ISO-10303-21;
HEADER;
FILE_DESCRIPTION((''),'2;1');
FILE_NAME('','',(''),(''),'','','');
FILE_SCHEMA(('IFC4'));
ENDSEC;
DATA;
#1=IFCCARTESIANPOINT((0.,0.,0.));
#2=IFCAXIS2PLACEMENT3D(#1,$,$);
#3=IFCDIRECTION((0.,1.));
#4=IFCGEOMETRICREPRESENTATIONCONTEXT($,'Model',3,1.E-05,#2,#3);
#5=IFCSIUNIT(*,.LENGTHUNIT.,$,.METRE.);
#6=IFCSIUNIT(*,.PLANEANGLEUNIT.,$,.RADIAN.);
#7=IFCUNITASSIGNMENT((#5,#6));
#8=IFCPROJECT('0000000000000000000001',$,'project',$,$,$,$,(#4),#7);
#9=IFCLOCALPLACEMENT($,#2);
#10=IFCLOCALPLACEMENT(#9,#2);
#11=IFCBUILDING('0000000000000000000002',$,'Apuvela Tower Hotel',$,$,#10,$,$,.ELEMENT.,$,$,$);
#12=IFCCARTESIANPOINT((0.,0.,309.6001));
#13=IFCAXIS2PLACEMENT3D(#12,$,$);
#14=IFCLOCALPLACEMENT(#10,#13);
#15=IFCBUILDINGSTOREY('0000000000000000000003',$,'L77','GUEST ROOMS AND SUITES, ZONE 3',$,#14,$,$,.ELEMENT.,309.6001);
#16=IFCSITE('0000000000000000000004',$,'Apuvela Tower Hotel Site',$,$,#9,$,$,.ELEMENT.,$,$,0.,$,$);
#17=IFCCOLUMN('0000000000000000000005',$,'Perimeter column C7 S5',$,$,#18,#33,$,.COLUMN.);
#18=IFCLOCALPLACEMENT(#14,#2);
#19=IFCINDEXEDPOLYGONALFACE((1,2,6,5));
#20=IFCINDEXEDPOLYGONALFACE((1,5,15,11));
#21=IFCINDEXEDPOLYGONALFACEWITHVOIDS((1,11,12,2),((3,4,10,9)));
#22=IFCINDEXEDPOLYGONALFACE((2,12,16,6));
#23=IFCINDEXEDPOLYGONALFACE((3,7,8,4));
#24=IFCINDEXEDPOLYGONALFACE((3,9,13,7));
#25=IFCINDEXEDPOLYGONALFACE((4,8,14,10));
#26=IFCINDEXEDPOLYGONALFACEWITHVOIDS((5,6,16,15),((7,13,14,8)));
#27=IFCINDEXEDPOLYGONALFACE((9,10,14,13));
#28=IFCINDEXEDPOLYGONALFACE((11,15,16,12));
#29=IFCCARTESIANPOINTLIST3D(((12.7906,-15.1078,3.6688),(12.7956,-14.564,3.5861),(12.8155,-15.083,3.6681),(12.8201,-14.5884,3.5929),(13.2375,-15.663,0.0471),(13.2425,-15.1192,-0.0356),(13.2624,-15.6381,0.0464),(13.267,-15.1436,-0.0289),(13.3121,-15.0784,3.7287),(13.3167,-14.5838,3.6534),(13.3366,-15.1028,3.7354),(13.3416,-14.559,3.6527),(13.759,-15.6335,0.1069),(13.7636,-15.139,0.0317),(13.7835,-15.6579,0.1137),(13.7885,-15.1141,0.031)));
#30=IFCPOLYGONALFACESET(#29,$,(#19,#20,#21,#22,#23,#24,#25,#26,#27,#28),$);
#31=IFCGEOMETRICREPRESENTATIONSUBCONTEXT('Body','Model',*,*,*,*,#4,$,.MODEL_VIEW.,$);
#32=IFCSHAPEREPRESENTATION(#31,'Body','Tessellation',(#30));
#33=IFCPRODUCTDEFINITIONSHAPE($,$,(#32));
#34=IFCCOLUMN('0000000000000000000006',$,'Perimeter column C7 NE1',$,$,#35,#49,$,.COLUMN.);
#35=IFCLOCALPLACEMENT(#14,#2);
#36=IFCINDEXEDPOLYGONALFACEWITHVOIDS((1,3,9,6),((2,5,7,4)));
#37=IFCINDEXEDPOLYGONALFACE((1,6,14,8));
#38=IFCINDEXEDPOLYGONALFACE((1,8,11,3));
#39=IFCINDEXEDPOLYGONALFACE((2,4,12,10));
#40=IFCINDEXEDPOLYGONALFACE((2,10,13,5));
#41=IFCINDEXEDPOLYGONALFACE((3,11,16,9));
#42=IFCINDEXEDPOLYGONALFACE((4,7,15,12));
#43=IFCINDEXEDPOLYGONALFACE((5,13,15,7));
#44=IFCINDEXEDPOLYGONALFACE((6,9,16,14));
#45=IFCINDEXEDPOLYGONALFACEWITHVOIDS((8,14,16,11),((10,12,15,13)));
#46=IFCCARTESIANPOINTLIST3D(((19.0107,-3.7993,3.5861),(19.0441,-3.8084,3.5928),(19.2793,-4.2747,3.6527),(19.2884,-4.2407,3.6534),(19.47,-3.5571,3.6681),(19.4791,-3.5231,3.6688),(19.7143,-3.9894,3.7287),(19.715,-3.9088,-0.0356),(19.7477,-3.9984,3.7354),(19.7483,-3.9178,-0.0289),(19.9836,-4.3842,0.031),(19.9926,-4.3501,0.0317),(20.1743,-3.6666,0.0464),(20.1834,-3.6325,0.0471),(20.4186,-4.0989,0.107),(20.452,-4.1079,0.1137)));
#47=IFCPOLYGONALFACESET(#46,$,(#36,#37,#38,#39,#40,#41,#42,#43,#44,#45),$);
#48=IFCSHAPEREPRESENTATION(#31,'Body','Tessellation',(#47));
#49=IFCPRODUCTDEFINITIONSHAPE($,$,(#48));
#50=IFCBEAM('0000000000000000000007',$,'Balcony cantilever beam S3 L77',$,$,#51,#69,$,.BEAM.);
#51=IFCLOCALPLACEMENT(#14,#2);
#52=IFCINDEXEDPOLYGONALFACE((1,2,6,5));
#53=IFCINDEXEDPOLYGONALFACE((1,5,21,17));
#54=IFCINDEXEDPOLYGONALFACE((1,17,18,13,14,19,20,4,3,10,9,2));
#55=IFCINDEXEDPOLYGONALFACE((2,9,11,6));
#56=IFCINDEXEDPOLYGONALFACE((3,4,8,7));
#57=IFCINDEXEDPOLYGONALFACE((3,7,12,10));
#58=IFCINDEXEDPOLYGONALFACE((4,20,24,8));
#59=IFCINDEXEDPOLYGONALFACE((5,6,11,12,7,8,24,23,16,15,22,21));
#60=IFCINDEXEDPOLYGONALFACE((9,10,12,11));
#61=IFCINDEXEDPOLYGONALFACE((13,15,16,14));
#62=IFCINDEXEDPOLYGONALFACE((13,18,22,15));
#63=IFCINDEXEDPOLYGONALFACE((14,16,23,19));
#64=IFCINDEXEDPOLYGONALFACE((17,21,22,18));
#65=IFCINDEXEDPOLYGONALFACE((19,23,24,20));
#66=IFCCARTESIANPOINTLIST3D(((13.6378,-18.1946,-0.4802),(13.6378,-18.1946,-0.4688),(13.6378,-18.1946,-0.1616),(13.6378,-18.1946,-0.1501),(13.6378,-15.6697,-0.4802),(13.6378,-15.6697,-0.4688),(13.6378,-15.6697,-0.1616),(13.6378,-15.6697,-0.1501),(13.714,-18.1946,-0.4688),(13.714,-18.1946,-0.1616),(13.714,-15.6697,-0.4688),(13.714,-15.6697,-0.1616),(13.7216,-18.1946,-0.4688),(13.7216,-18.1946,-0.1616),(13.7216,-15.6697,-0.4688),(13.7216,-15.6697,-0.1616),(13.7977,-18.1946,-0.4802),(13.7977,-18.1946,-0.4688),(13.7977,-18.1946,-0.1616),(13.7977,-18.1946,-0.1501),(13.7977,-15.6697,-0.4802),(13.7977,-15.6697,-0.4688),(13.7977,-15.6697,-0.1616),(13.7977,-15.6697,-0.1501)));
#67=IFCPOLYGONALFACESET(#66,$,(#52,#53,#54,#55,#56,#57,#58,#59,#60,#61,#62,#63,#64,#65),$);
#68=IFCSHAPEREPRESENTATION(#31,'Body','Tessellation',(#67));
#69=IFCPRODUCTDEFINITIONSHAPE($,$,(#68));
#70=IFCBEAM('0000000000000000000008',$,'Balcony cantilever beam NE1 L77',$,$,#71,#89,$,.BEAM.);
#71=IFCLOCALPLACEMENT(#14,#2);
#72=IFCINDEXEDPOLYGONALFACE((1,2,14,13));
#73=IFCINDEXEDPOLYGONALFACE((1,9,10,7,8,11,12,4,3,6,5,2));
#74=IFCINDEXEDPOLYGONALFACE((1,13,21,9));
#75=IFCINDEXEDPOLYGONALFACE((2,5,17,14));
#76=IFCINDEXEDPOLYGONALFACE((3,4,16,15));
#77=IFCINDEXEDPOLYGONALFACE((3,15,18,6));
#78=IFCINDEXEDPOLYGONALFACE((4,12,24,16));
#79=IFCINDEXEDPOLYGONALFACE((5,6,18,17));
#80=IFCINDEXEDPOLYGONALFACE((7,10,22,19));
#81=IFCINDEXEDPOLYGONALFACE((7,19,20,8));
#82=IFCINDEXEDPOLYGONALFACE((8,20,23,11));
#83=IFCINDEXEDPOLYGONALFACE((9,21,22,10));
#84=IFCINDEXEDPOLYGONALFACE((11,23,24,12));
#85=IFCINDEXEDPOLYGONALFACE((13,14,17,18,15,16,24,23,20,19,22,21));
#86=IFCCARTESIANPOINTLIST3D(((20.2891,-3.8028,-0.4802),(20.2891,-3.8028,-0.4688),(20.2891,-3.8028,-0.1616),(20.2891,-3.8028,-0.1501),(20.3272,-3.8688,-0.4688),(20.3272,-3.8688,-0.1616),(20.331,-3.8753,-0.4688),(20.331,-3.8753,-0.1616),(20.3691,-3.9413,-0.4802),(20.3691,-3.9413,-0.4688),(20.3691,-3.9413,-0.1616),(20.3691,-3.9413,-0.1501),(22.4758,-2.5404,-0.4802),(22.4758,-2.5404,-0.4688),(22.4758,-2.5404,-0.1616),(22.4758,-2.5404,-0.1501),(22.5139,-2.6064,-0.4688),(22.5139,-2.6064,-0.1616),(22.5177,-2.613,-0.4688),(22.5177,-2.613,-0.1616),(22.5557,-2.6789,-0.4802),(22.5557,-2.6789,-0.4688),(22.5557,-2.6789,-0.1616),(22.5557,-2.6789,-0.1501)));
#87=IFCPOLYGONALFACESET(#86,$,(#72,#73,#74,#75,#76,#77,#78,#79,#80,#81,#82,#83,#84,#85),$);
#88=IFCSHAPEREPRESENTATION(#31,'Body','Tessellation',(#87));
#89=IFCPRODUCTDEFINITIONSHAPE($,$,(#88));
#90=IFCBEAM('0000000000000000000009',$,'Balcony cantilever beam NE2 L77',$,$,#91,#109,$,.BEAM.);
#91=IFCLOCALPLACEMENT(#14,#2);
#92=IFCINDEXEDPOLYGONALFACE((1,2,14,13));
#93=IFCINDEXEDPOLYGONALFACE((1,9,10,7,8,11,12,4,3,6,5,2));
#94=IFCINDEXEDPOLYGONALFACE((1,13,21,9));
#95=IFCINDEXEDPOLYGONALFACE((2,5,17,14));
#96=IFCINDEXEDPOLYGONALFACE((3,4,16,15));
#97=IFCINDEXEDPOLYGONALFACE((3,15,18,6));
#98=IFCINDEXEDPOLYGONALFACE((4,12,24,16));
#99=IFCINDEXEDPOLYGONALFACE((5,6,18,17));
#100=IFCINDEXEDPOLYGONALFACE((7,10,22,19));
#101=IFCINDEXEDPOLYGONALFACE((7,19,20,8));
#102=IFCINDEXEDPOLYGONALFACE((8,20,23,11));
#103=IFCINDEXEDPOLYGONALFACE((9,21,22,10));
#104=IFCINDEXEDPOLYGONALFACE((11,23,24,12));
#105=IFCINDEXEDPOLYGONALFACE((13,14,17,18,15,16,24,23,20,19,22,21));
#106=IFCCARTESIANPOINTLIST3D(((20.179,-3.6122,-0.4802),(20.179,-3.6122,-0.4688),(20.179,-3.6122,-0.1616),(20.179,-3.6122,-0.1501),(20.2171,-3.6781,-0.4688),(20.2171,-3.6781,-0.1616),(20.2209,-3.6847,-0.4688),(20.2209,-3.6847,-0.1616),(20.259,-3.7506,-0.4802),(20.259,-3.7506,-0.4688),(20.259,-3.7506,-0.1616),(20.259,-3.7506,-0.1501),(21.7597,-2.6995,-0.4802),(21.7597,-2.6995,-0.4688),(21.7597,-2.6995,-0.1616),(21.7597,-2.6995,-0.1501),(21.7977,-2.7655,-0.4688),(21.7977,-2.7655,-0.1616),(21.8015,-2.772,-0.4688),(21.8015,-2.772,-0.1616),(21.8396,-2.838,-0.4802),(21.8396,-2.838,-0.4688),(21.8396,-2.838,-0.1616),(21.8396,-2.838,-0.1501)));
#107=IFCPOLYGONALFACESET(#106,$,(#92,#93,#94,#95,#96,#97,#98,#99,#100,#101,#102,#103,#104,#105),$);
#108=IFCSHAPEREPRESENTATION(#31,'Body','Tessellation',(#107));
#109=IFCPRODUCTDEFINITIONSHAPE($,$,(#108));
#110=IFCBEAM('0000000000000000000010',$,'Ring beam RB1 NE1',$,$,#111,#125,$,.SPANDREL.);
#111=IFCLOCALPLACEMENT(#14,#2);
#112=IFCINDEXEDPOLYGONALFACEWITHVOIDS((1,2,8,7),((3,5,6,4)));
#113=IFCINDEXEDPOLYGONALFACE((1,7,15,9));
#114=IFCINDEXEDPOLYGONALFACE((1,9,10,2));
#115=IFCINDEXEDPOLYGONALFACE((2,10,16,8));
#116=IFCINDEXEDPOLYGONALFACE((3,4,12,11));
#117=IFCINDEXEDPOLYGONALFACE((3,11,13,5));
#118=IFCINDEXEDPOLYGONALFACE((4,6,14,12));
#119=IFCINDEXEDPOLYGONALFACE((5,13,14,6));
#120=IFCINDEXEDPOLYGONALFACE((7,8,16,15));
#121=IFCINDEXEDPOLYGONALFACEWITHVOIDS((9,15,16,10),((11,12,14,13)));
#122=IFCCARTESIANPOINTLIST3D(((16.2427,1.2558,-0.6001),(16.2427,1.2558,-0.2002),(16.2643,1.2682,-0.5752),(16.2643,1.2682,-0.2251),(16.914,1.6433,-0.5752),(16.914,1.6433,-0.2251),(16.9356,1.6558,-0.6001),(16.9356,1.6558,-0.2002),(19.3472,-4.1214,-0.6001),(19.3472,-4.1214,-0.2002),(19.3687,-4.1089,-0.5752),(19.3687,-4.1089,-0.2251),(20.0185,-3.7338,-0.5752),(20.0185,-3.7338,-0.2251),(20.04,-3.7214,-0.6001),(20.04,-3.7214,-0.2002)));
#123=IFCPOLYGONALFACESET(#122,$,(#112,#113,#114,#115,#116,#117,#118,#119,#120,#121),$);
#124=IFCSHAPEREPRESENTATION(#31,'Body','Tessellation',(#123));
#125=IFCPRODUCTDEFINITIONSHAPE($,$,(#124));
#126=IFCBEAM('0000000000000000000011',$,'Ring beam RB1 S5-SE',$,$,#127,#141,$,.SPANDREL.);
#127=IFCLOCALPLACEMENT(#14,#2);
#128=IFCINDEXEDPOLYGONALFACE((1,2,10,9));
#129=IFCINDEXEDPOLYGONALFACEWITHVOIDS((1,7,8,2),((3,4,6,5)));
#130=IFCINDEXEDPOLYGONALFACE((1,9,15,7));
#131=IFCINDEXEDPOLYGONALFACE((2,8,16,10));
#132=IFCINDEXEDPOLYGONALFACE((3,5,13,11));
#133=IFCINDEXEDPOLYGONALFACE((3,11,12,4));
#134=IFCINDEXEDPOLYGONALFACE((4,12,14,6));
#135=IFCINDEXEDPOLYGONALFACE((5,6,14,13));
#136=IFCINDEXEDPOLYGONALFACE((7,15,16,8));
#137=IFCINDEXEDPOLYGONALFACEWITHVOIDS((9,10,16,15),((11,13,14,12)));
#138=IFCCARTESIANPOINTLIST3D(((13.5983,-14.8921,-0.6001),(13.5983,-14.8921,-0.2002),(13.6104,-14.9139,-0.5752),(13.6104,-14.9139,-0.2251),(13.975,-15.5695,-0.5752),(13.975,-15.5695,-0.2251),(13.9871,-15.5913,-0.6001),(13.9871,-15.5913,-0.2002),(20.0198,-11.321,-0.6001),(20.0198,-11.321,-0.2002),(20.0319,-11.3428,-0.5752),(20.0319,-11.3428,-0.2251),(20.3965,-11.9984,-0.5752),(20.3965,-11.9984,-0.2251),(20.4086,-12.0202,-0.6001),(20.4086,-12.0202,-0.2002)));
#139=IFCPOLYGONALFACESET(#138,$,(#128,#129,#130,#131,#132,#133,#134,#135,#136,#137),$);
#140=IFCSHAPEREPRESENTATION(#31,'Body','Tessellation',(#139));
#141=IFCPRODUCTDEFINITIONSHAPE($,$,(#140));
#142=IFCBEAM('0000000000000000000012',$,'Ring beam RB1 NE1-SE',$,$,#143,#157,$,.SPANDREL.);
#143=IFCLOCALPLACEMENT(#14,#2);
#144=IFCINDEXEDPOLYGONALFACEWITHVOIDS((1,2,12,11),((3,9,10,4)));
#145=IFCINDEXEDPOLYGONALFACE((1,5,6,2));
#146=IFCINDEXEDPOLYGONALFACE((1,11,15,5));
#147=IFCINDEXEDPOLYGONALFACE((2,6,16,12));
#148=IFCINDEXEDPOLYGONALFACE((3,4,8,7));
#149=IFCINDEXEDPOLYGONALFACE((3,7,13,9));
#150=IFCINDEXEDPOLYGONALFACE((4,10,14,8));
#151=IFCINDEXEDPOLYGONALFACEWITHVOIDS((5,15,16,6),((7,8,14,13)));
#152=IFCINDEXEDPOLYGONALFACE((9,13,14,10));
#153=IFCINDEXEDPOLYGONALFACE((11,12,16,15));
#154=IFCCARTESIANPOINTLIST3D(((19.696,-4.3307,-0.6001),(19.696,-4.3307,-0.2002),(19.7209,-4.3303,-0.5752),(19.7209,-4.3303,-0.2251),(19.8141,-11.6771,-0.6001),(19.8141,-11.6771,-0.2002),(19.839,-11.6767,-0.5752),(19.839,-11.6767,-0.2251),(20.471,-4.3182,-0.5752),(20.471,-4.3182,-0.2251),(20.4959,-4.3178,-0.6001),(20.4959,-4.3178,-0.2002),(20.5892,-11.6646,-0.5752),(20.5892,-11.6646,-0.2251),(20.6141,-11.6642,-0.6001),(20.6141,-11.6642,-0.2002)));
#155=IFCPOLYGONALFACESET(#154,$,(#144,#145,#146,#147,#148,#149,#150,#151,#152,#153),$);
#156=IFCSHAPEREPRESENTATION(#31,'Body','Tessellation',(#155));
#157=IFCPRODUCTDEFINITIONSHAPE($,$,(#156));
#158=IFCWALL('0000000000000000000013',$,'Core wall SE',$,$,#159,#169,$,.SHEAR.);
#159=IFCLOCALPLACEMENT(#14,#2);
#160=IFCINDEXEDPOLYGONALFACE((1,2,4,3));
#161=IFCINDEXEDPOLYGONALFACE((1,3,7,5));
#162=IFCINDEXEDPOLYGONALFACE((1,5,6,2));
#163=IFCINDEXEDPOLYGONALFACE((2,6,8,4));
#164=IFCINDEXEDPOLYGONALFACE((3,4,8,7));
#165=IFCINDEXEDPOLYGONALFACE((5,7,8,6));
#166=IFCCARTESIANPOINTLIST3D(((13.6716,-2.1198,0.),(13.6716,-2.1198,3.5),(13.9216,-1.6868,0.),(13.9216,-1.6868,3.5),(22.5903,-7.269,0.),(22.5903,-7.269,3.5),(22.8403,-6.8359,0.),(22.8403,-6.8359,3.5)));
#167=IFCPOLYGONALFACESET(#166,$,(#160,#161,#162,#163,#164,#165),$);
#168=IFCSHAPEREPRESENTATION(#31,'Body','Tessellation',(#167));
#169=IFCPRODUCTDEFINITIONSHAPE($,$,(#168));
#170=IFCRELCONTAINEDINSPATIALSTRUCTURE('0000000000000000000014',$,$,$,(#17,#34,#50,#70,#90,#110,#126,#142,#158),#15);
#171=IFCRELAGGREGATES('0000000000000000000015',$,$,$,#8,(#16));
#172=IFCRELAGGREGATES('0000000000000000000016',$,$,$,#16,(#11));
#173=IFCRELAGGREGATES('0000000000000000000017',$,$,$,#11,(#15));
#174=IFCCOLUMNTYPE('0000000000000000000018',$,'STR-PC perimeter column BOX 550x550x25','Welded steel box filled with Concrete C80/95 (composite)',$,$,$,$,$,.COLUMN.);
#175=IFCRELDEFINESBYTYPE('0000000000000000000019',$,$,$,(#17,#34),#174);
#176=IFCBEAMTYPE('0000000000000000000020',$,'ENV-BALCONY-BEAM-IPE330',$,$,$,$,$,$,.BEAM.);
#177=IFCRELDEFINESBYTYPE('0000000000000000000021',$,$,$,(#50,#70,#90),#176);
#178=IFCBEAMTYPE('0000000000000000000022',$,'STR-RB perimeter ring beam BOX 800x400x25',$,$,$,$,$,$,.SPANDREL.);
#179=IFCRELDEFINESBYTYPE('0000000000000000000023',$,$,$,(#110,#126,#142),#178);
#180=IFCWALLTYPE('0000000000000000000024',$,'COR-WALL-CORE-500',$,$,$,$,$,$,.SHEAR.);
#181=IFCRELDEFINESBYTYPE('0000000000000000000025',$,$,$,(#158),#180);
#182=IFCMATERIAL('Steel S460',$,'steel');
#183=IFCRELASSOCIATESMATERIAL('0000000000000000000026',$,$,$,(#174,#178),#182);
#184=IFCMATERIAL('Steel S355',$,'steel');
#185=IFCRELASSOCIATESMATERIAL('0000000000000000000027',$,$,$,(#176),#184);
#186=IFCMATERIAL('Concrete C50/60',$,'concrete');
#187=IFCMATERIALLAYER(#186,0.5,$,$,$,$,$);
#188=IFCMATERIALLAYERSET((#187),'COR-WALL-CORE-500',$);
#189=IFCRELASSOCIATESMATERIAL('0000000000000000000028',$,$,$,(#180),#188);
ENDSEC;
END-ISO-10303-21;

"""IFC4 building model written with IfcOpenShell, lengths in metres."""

from ifc_helpers import new_model, si_unit, direction, frame, frame_2d, origin, origin_2d, place, context, subcontext, project, spatial, rectangle, hollow_rectangle, i_section, extrude, boolean, halfspace, material, layer, layer_set, material_profile, profile_set, type_object, element, save


model = new_model("IFC4")

# Units and contexts
model_context = context("Model", 3, precision=1e-05, world=origin(), true_north=direction((0.0, 1.0)))
body_context = subcontext(model_context, "Body", "Model", "MODEL_VIEW")
ifc_project = project(units=[si_unit("LENGTHUNIT", "METRE"), si_unit("PLANEANGLEUNIT", "RADIAN")], contexts=[model_context])

# Site, building, storey
site_placement = place(None, origin())
site = spatial("IfcSite", under=ifc_project, at=site_placement, Name="Apuvela Tower Hotel Site", CompositionType="ELEMENT", RefElevation=0.0)
building_placement = place(site_placement, origin())
building = spatial("IfcBuilding", under=site, at=building_placement, Name="Apuvela Tower Hotel", CompositionType="ELEMENT")
storey_placement = place(building_placement, frame((0.0, 0.0, 309.6001)))
storey = spatial("IfcBuildingStorey", under=building, at=storey_placement, Name="L77", Description="GUEST ROOMS AND SUITES, ZONE 3", CompositionType="ELEMENT", Elevation=309.6001)

# Columns
ifc_material_1 = material(Name="Steel S460", Category="steel")
ifc_material_2 = material(Name="Concrete C80/95", Category="concrete")
ifc_material_profile_1 = material_profile(ifc_material_1, hollow_rectangle(XDim=0.55, YDim=0.55, WallThickness=0.0249, at=origin_2d()), Name="BOX 550x550x25")
ifc_material_profile_2 = material_profile(ifc_material_2, rectangle(XDim=0.5, YDim=0.5, at=origin_2d()), Name="Concrete C80/95 infill")
ifc_profile_set_1 = profile_set([ifc_material_profile_1, ifc_material_profile_2], Name="Steel S460")
column_type_1 = type_object("IfcColumnType", Name="STR-PC perimeter column BOX 550x550x25", Description="Welded steel box filled with Concrete C80/95 (composite)", PredefinedType="COLUMN", material=ifc_profile_set_1)
for number, where, z_axis, x_axis, name in (
    (1, (13.5178, -15.3945, 0.0), (-0.12107, 0.150399, 0.981184), (0.992602, 0.009205, 0.121068), "Perimeter column C7 S5"),
    (2, (20.0911, -4.0095, 0.0), (-0.190798, 0.029652, 0.981181), (0.488342, -0.864211, 0.121079), "Perimeter column C7 NE1"),
):
    element("IfcColumn", number, at=place(storey_placement, frame(where, z_axis=z_axis, x_axis=x_axis)), inside=storey, type_object=column_type_1, Name=name, PredefinedType="COLUMN", context=body_context, shape_type="SweptSolid", body=[
        boolean("DIFFERENCE", boolean("DIFFERENCE", extrude(hollow_rectangle(XDim=0.55, YDim=0.55, WallThickness=0.0249, at=origin_2d()), origin(), (0.0, 0.0, 1.0), 3.771), halfspace(frame((0.0, 0.0, 0.0398), z_axis=(0.0, 0.0, 1.0), x_axis=(1.0, 0.0, 0.0)), True)), halfspace(frame((0.0, 0.0, 3.731), z_axis=(0.0, 0.0, 1.0), x_axis=(1.0, 0.0, 0.0)), False)),
    ])

# Beams
ifc_material_3 = material(Name="Steel S355", Category="steel")
ifc_material_profile_3 = material_profile(ifc_material_3, i_section(OverallWidth=0.1599, OverallDepth=0.3301, WebThickness=0.0076, FlangeThickness=0.0115, at=origin_2d()), Name="IPE 330")
ifc_profile_set_2 = profile_set([ifc_material_profile_3], Name="Steel S355")
beam_type_1 = type_object("IfcBeamType", Name="ENV-BALCONY-BEAM-IPE330", PredefinedType="BEAM", material=ifc_profile_set_2)
for number, where, z_axis, x_axis, name in (
    (3, (13.7178, -15.6697, -0.3152), (0.0, -1.0, 0.0), (1.0, 0.0, 0.0), "Balcony cantilever beam S3 L77"),
    (4, (20.3291, -3.8721, -0.3152), (0.866039, 0.499976, 0.0), (-0.499976, 0.866039, 0.0), "Balcony cantilever beam NE1 L77"),
):
    element("IfcBeam", number, at=place(storey_placement, frame(where, z_axis=z_axis, x_axis=x_axis)), inside=storey, type_object=beam_type_1, Name=name, PredefinedType="BEAM", context=body_context, shape_type="SweptSolid", body=[
        extrude(i_section(OverallWidth=0.1599, OverallDepth=0.3301, WebThickness=0.0076, FlangeThickness=0.0115, at=origin_2d()), origin(), (0.0, 0.0, 1.0), 2.5249),
    ])
beam_1_placement = place(storey_placement, frame((20.219, -3.6814, -0.3152), z_axis=(0.866012, 0.500024, 0.0), x_axis=(-0.500024, 0.866012, 0.0)))
element("IfcBeam", 5, at=beam_1_placement, inside=storey, type_object=beam_type_1, Name="Balcony cantilever beam NE2 L77", PredefinedType="BEAM", context=body_context, shape_type="SweptSolid", body=[
    extrude(i_section(OverallWidth=0.1599, OverallDepth=0.3301, WebThickness=0.0076, FlangeThickness=0.0115, at=origin_2d()), origin(), (0.0, 0.0, 1.0), 1.8252),
])
ifc_material_profile_4 = material_profile(ifc_material_1, hollow_rectangle(XDim=0.8, YDim=0.3999, WallThickness=0.0249, at=origin_2d()), Name="BOX 800x400x25")
ifc_profile_set_3 = profile_set([ifc_material_profile_4], Name="Steel S460")
beam_type_2 = type_object("IfcBeamType", Name="STR-RB perimeter ring beam BOX 800x400x25", PredefinedType="SPANDREL", material=ifc_profile_set_3)
beam_2_placement = place(storey_placement, frame((19.6936, -3.9214, -0.4001), z_axis=(-0.499996, 0.866028, 0.0), x_axis=(-0.866028, -0.499996, 0.0)))
element("IfcBeam", 6, at=beam_2_placement, inside=storey, type_object=beam_type_2, Name="Ring beam RB1 NE1", PredefinedType="SPANDREL", context=body_context, shape_type="SweptSolid", body=[
    extrude(hollow_rectangle(XDim=0.8, YDim=0.3999, WallThickness=0.0249, at=origin_2d()), origin(), (0.0, 0.0, 1.0), 6.209),
])
beam_3_placement = place(storey_placement, frame((13.7927, -15.2417, -0.4001), z_axis=(0.873949, 0.486018, 0.0), x_axis=(-0.486018, 0.873949, 0.0)))
element("IfcBeam", 7, at=beam_3_placement, inside=storey, type_object=beam_type_2, Name="Ring beam RB1 S5-SE", PredefinedType="SPANDREL", context=body_context, shape_type="SweptSolid", body=[
    extrude(hollow_rectangle(XDim=0.8, YDim=0.3999, WallThickness=0.0249, at=origin_2d()), origin(), (0.0, 0.0, 1.0), 7.3477),
])
beam_4_placement = place(storey_placement, frame((20.0959, -4.3242, -0.4001), z_axis=(0.016082, -0.999871, 0.0), x_axis=(0.999871, 0.016082, 0.0)))
element("IfcBeam", 8, at=beam_4_placement, inside=storey, type_object=beam_type_2, Name="Ring beam RB1 NE1-SE", PredefinedType="SPANDREL", context=body_context, shape_type="SweptSolid", body=[
    extrude(hollow_rectangle(XDim=0.8, YDim=0.3999, WallThickness=0.0249, at=origin_2d()), origin(), (0.0, 0.0, 1.0), 7.3474),
])

# Wall
ifc_material_4 = material(Name="Concrete C50/60", Category="concrete")
ifc_layer_1 = layer(ifc_material_4, 0.5)
ifc_layer_set_1 = layer_set([ifc_layer_1], Name="COR-WALL-CORE-500")
wall_type_1 = type_object("IfcWallType", Name="COR-WALL-CORE-500", PredefinedType="SHEAR", material=ifc_layer_set_1)
wall_1_placement = place(storey_placement, frame((13.7966, -1.9033, 0.0), z_axis=(0.0, 0.0, 1.0), x_axis=(0.866027, -0.499997, 0.0)))
element("IfcWall", 9, at=wall_1_placement, inside=storey, type_object=wall_type_1, Name="Core wall SE", PredefinedType="SHEAR", context=body_context, shape_type="SweptSolid", body=[
    extrude(rectangle(XDim=10.2983, YDim=0.5, at=frame_2d((5.1492, 0.0))), origin(), (0.0, 0.0, 1.0), 3.5),
])

save(model, "model.ifc")
